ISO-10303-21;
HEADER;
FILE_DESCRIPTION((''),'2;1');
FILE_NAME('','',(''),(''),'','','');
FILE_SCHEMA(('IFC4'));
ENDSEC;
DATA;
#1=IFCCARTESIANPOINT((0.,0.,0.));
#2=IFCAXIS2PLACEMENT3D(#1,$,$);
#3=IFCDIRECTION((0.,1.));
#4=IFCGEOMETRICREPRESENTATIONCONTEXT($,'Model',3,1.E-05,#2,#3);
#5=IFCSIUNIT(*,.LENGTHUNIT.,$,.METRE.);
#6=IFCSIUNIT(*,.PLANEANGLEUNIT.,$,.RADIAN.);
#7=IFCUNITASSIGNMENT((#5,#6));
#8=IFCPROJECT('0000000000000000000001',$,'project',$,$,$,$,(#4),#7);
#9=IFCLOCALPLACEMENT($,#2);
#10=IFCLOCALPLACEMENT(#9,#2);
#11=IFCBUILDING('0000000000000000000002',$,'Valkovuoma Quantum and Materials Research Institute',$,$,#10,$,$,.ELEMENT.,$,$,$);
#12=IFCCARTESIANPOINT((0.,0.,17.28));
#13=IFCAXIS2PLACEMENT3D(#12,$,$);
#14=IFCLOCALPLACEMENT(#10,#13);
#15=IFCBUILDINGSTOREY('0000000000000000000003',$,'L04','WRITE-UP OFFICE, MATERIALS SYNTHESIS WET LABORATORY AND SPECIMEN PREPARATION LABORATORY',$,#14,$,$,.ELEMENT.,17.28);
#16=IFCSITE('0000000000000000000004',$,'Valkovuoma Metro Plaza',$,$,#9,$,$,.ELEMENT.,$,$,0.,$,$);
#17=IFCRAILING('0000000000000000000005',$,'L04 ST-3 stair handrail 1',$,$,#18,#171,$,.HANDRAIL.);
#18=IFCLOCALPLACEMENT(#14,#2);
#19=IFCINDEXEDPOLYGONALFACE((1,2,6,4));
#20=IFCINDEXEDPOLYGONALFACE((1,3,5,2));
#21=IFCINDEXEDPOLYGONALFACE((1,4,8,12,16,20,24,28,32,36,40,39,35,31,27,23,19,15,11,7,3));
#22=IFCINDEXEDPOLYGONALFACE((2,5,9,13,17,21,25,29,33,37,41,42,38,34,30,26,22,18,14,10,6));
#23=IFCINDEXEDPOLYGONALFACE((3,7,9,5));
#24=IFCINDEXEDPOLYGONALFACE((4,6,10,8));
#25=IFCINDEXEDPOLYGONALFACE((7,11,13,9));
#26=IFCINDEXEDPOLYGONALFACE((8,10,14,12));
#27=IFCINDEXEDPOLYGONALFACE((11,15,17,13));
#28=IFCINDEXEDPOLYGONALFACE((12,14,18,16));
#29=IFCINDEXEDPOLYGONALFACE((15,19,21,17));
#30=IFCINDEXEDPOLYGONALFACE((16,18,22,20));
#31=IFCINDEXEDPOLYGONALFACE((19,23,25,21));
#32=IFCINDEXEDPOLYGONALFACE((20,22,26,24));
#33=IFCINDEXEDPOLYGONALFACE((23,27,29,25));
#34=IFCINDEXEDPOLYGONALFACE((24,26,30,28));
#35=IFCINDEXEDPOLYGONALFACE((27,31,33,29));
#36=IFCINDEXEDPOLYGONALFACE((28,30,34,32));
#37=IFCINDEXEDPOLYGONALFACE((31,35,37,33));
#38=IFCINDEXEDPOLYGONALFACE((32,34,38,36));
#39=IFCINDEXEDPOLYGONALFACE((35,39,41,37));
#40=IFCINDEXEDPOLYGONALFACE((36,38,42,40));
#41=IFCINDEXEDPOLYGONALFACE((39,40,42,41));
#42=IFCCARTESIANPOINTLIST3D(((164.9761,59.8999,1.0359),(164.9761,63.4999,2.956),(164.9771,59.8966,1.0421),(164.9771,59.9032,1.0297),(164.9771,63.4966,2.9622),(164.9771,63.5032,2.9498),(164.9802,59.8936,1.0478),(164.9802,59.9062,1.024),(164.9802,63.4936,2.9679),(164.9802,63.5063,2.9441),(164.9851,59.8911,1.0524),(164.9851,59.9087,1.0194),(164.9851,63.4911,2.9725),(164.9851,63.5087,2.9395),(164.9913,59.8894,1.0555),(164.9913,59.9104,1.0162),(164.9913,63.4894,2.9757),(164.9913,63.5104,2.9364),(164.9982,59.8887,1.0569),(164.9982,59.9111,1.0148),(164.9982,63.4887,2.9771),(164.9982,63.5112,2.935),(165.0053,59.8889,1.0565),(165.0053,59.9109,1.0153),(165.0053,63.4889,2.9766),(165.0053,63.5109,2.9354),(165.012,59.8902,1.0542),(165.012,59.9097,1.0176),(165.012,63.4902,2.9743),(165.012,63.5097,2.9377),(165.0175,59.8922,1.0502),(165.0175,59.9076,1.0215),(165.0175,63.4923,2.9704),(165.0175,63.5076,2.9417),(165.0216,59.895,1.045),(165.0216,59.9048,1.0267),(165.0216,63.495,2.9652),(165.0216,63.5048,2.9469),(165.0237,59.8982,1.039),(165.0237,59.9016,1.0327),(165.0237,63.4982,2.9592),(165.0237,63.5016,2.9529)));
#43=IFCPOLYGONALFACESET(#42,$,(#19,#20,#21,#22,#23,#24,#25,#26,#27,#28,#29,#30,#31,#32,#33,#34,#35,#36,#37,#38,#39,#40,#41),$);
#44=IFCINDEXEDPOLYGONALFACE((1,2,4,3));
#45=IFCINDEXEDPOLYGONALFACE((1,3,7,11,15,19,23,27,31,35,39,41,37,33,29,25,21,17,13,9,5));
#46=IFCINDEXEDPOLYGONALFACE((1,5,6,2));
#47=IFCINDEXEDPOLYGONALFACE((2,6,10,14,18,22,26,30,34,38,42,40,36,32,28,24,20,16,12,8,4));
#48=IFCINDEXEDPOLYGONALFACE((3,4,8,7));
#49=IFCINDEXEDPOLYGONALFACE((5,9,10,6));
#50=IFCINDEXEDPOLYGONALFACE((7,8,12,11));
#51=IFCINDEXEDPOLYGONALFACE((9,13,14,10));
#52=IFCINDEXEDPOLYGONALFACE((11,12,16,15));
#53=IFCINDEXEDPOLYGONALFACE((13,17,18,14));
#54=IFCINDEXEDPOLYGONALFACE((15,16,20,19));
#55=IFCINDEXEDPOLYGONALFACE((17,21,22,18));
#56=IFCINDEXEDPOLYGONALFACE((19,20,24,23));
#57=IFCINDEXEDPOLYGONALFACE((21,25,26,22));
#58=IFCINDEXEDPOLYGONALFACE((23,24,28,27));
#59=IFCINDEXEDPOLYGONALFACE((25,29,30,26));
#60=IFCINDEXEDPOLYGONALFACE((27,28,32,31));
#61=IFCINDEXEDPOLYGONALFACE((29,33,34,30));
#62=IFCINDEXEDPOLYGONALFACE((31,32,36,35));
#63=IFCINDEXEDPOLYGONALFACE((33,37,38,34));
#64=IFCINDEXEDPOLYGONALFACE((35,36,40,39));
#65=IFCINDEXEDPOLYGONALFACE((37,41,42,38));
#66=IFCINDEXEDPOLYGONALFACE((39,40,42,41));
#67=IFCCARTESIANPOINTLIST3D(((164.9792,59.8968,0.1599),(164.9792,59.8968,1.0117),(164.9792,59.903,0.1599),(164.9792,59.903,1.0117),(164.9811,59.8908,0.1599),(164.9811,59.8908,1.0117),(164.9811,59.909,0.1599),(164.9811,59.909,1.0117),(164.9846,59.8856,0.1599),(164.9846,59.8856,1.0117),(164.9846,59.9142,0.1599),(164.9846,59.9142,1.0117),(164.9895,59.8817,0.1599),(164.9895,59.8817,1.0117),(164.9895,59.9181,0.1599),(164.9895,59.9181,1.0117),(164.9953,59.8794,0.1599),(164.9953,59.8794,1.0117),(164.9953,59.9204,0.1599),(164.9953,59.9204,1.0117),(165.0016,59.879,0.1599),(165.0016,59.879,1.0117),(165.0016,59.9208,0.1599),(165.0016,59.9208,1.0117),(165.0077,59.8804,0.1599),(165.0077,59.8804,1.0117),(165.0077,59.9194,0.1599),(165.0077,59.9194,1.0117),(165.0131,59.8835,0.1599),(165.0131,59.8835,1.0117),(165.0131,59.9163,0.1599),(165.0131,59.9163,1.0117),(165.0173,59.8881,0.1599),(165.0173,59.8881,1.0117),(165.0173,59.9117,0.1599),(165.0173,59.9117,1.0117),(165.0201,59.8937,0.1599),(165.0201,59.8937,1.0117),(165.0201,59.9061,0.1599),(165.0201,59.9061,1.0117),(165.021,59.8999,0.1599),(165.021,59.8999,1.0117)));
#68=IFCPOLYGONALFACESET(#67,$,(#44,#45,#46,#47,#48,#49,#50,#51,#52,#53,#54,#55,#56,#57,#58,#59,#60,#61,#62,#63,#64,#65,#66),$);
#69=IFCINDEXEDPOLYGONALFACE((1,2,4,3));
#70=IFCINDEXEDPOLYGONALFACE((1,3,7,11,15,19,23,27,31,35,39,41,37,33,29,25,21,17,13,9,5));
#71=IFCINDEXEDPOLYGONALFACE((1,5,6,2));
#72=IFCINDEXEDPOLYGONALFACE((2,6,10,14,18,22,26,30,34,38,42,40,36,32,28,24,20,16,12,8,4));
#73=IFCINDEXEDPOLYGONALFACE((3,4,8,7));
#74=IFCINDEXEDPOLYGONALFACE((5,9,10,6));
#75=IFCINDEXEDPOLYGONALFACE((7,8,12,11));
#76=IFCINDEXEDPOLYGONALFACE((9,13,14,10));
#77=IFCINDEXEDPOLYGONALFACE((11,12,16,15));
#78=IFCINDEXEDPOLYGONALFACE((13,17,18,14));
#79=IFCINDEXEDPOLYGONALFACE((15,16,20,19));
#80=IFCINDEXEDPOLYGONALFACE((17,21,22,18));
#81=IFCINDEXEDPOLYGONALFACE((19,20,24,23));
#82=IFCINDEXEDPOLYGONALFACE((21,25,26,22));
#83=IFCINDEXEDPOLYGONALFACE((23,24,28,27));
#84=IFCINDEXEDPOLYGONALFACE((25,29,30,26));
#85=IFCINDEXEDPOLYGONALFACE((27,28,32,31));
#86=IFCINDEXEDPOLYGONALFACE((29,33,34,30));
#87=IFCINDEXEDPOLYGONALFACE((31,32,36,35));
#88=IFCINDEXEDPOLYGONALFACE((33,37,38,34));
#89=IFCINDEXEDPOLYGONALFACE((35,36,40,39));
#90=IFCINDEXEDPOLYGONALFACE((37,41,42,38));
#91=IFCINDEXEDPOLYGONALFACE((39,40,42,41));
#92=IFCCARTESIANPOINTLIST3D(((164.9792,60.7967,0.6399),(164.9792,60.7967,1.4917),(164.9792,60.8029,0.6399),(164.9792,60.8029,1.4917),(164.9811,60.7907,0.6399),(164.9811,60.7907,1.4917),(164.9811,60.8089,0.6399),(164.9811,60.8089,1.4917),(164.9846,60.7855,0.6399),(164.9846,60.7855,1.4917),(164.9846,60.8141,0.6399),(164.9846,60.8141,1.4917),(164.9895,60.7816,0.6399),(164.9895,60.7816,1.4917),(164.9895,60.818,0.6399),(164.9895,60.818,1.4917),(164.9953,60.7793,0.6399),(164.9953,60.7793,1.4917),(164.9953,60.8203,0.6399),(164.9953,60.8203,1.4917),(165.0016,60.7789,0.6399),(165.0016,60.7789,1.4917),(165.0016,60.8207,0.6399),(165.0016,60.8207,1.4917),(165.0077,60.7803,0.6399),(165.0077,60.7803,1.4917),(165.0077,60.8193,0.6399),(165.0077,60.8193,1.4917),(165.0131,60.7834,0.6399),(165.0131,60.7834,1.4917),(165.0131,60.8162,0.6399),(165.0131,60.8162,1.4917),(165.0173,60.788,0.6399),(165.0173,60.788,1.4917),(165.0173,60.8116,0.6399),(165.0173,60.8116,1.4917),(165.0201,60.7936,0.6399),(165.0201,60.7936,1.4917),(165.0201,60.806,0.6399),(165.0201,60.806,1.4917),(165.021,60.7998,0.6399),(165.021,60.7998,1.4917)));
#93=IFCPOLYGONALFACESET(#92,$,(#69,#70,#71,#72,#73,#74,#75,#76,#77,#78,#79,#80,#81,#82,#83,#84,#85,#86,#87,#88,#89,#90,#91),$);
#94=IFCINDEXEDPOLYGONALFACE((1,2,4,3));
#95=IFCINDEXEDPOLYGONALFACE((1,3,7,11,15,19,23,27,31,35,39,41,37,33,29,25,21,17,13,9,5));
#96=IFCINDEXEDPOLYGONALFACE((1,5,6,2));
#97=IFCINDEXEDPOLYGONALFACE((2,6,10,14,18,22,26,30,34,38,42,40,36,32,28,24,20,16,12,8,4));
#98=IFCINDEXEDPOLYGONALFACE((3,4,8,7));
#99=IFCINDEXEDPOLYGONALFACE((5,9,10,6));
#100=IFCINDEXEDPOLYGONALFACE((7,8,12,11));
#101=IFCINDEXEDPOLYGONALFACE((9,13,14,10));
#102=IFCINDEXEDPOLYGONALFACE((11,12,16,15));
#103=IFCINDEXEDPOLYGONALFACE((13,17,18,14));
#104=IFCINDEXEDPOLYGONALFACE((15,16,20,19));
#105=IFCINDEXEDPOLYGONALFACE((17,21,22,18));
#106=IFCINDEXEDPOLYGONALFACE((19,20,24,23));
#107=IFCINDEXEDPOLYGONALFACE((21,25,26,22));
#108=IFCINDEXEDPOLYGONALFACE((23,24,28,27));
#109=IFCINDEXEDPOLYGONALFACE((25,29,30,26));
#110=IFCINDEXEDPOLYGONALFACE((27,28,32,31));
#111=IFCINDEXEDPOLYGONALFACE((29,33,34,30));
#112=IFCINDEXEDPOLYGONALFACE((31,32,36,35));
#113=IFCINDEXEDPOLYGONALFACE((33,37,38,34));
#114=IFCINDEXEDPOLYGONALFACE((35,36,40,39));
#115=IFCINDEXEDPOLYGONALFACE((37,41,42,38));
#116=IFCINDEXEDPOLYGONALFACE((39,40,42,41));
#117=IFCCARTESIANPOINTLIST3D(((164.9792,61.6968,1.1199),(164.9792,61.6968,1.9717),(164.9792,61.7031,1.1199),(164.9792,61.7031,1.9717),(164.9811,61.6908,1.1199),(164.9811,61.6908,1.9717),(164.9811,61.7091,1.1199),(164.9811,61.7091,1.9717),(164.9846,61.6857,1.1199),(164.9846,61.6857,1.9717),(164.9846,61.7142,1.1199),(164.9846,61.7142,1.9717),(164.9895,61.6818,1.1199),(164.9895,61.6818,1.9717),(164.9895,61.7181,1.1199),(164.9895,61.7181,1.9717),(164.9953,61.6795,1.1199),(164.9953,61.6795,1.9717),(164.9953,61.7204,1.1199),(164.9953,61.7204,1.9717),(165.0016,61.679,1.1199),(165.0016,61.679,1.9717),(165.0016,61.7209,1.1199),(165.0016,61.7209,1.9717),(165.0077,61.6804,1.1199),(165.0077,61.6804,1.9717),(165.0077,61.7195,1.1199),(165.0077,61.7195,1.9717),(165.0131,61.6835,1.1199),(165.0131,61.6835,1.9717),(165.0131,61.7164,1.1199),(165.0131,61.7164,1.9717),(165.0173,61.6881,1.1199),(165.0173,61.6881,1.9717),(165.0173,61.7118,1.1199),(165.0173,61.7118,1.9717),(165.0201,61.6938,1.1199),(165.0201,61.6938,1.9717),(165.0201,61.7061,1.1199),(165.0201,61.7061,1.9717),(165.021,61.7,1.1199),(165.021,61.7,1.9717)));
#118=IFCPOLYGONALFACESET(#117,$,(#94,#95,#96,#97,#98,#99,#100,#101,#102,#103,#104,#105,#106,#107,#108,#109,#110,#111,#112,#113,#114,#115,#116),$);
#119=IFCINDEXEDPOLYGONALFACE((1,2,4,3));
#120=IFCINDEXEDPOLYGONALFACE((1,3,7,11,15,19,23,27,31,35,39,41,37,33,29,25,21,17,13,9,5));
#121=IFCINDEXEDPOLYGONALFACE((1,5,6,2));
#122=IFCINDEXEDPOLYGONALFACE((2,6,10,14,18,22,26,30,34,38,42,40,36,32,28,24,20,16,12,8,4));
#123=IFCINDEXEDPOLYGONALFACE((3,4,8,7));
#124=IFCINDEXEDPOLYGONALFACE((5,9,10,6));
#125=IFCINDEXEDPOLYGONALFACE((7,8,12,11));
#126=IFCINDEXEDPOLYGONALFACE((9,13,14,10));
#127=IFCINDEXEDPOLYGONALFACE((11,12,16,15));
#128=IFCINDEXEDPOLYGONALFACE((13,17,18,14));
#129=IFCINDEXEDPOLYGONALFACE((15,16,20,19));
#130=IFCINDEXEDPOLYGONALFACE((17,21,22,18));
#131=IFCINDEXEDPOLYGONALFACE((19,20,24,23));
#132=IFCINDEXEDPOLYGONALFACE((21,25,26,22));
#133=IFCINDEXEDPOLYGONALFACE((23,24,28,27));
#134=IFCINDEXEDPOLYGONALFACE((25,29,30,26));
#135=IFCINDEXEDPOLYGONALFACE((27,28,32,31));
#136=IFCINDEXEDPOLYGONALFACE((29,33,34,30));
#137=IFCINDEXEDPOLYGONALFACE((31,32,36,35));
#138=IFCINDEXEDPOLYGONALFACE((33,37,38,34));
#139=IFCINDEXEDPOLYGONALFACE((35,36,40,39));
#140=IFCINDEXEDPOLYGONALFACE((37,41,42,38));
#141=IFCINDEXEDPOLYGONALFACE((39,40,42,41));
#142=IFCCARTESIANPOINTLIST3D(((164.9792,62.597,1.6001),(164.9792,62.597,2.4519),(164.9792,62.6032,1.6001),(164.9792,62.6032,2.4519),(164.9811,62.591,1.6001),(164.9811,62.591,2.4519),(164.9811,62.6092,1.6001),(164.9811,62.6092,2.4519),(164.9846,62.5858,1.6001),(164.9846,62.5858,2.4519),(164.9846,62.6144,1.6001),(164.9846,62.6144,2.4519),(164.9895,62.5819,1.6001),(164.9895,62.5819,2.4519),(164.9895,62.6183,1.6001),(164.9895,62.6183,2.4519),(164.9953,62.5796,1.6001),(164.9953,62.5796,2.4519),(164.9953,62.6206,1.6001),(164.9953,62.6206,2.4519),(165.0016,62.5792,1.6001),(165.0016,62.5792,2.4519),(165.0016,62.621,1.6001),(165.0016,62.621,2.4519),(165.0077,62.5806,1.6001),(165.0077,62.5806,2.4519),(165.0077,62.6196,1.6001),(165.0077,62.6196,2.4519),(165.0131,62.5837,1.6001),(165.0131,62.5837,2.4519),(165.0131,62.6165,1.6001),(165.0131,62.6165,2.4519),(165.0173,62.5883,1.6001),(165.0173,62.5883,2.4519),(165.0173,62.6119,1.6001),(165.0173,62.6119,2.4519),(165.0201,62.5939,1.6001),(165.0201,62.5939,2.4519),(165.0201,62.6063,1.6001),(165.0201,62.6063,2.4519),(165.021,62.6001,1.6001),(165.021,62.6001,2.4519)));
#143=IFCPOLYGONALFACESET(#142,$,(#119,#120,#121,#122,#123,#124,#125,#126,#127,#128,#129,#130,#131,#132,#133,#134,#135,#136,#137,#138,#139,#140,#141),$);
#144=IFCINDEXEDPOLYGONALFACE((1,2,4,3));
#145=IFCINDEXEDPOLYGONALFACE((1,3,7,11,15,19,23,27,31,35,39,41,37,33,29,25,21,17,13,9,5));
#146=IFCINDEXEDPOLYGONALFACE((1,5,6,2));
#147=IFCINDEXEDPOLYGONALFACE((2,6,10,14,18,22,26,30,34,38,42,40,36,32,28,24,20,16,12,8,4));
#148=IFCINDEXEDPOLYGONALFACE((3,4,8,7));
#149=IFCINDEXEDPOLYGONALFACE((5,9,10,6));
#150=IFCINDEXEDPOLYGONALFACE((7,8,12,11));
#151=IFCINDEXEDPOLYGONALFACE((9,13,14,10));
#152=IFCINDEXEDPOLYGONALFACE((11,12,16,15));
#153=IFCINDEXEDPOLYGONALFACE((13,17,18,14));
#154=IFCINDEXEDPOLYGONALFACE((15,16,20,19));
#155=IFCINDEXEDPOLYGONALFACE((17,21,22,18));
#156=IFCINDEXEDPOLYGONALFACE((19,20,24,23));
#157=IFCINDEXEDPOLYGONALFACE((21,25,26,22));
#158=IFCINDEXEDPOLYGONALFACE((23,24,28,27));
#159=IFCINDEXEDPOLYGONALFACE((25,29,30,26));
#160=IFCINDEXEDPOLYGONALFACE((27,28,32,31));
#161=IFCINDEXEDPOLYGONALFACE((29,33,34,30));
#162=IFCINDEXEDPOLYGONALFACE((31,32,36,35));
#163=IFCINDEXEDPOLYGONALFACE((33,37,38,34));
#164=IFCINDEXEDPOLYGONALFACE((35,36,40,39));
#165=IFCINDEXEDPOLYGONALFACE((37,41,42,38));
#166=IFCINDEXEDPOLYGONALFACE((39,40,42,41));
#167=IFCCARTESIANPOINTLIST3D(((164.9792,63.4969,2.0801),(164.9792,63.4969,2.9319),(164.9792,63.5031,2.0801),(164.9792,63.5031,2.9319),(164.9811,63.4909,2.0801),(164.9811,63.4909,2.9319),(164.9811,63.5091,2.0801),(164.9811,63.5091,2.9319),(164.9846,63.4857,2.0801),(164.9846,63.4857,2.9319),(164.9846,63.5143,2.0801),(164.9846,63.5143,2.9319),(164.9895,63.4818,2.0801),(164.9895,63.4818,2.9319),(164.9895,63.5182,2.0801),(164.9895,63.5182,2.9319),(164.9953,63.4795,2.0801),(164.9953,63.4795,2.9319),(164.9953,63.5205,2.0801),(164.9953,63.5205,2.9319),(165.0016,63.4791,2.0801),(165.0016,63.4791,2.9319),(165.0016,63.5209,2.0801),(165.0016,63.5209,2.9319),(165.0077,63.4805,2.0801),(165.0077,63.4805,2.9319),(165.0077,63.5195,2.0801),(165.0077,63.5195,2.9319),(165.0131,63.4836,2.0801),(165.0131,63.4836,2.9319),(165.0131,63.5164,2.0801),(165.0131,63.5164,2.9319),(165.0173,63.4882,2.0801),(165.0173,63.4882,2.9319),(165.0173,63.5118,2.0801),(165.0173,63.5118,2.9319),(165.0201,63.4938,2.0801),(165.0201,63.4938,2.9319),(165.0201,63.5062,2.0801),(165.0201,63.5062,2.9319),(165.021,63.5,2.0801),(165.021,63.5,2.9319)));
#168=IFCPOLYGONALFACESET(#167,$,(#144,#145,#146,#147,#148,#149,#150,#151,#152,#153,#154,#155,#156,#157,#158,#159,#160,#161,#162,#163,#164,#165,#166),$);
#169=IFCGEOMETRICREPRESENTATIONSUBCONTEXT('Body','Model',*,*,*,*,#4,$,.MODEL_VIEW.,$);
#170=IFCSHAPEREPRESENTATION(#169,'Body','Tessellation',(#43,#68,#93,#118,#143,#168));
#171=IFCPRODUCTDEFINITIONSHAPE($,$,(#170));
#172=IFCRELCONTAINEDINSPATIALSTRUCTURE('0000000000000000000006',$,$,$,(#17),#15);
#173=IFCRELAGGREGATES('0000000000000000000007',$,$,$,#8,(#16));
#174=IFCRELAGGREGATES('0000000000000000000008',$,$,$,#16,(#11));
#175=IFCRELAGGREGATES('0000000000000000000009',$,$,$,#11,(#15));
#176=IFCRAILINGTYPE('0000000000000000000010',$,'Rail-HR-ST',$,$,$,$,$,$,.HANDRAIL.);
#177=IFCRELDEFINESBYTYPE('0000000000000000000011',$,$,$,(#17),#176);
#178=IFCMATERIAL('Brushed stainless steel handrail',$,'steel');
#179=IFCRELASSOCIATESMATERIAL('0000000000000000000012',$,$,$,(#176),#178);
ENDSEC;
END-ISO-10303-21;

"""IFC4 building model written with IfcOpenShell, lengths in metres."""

from ifc_helpers import new_model, si_unit, direction, frame, origin, origin_2d, place, context, subcontext, project, spatial, circle, extrude, material, type_object, element, save


model = new_model("IFC4")

# Units and contexts
model_context = context("Model", 3, precision=1e-05, world=origin(), true_north=direction((0.0, 1.0)))
body_context = subcontext(model_context, "Body", "Model", "MODEL_VIEW")
ifc_project = project(units=[si_unit("LENGTHUNIT", "METRE"), si_unit("PLANEANGLEUNIT", "RADIAN")], contexts=[model_context])

# Site, building, storey
site_placement = place(None, origin())
site = spatial("IfcSite", under=ifc_project, at=site_placement, Name="Valkovuoma Metro Plaza", CompositionType="ELEMENT", RefElevation=0.0)
building_placement = place(site_placement, origin())
building = spatial("IfcBuilding", under=site, at=building_placement, Name="Valkovuoma Quantum and Materials Research Institute", CompositionType="ELEMENT")
storey_placement = place(building_placement, frame((0.0, 0.0, 17.28)))
storey = spatial("IfcBuildingStorey", under=building, at=storey_placement, Name="L04", Description="WRITE-UP OFFICE, MATERIALS SYNTHESIS WET LABORATORY AND SPECIMEN PREPARATION LABORATORY", CompositionType="ELEMENT", Elevation=17.28)

# Railing
ifc_material_1 = material(Name="Brushed stainless steel handrail", Category="steel")
railing_type_1 = type_object("IfcRailingType", Name="Rail-HR-ST", PredefinedType="HANDRAIL", material=ifc_material_1)
railing_1_placement = place(storey_placement, frame((165.0, 59.8999, 0.1599)))
element("IfcRailing", 1, at=railing_1_placement, inside=storey, type_object=railing_type_1, Name="L04 ST-3 stair handrail 1", PredefinedType="HANDRAIL", context=body_context, shape_type="SweptSolid", body=[
    extrude(circle(Radius=0.0239, at=origin_2d()), frame((0.0, 0.0, 0.876), z_axis=(0.0, 0.882341, 0.47061), x_axis=(-1.0, 0.0, 0.0)), (0.0, 0.0, 1.0), 4.0801),
    extrude(circle(Radius=0.021, at=origin_2d()), origin(), (0.0, 0.0, 1.0), 0.8518),
    extrude(circle(Radius=0.021, at=origin_2d()), frame((0.0, 0.8999, 0.48)), (0.0, 0.0, 1.0), 0.8518),
    extrude(circle(Radius=0.021, at=origin_2d()), frame((0.0, 1.8, 0.96)), (0.0, 0.0, 1.0), 0.8518),
    extrude(circle(Radius=0.021, at=origin_2d()), frame((0.0, 2.7002, 1.4402)), (0.0, 0.0, 1.0), 0.8518),
    extrude(circle(Radius=0.021, at=origin_2d()), frame((0.0, 3.6001, 1.9202)), (0.0, 0.0, 1.0), 0.8518),
])

save(model, "model.ifc")
